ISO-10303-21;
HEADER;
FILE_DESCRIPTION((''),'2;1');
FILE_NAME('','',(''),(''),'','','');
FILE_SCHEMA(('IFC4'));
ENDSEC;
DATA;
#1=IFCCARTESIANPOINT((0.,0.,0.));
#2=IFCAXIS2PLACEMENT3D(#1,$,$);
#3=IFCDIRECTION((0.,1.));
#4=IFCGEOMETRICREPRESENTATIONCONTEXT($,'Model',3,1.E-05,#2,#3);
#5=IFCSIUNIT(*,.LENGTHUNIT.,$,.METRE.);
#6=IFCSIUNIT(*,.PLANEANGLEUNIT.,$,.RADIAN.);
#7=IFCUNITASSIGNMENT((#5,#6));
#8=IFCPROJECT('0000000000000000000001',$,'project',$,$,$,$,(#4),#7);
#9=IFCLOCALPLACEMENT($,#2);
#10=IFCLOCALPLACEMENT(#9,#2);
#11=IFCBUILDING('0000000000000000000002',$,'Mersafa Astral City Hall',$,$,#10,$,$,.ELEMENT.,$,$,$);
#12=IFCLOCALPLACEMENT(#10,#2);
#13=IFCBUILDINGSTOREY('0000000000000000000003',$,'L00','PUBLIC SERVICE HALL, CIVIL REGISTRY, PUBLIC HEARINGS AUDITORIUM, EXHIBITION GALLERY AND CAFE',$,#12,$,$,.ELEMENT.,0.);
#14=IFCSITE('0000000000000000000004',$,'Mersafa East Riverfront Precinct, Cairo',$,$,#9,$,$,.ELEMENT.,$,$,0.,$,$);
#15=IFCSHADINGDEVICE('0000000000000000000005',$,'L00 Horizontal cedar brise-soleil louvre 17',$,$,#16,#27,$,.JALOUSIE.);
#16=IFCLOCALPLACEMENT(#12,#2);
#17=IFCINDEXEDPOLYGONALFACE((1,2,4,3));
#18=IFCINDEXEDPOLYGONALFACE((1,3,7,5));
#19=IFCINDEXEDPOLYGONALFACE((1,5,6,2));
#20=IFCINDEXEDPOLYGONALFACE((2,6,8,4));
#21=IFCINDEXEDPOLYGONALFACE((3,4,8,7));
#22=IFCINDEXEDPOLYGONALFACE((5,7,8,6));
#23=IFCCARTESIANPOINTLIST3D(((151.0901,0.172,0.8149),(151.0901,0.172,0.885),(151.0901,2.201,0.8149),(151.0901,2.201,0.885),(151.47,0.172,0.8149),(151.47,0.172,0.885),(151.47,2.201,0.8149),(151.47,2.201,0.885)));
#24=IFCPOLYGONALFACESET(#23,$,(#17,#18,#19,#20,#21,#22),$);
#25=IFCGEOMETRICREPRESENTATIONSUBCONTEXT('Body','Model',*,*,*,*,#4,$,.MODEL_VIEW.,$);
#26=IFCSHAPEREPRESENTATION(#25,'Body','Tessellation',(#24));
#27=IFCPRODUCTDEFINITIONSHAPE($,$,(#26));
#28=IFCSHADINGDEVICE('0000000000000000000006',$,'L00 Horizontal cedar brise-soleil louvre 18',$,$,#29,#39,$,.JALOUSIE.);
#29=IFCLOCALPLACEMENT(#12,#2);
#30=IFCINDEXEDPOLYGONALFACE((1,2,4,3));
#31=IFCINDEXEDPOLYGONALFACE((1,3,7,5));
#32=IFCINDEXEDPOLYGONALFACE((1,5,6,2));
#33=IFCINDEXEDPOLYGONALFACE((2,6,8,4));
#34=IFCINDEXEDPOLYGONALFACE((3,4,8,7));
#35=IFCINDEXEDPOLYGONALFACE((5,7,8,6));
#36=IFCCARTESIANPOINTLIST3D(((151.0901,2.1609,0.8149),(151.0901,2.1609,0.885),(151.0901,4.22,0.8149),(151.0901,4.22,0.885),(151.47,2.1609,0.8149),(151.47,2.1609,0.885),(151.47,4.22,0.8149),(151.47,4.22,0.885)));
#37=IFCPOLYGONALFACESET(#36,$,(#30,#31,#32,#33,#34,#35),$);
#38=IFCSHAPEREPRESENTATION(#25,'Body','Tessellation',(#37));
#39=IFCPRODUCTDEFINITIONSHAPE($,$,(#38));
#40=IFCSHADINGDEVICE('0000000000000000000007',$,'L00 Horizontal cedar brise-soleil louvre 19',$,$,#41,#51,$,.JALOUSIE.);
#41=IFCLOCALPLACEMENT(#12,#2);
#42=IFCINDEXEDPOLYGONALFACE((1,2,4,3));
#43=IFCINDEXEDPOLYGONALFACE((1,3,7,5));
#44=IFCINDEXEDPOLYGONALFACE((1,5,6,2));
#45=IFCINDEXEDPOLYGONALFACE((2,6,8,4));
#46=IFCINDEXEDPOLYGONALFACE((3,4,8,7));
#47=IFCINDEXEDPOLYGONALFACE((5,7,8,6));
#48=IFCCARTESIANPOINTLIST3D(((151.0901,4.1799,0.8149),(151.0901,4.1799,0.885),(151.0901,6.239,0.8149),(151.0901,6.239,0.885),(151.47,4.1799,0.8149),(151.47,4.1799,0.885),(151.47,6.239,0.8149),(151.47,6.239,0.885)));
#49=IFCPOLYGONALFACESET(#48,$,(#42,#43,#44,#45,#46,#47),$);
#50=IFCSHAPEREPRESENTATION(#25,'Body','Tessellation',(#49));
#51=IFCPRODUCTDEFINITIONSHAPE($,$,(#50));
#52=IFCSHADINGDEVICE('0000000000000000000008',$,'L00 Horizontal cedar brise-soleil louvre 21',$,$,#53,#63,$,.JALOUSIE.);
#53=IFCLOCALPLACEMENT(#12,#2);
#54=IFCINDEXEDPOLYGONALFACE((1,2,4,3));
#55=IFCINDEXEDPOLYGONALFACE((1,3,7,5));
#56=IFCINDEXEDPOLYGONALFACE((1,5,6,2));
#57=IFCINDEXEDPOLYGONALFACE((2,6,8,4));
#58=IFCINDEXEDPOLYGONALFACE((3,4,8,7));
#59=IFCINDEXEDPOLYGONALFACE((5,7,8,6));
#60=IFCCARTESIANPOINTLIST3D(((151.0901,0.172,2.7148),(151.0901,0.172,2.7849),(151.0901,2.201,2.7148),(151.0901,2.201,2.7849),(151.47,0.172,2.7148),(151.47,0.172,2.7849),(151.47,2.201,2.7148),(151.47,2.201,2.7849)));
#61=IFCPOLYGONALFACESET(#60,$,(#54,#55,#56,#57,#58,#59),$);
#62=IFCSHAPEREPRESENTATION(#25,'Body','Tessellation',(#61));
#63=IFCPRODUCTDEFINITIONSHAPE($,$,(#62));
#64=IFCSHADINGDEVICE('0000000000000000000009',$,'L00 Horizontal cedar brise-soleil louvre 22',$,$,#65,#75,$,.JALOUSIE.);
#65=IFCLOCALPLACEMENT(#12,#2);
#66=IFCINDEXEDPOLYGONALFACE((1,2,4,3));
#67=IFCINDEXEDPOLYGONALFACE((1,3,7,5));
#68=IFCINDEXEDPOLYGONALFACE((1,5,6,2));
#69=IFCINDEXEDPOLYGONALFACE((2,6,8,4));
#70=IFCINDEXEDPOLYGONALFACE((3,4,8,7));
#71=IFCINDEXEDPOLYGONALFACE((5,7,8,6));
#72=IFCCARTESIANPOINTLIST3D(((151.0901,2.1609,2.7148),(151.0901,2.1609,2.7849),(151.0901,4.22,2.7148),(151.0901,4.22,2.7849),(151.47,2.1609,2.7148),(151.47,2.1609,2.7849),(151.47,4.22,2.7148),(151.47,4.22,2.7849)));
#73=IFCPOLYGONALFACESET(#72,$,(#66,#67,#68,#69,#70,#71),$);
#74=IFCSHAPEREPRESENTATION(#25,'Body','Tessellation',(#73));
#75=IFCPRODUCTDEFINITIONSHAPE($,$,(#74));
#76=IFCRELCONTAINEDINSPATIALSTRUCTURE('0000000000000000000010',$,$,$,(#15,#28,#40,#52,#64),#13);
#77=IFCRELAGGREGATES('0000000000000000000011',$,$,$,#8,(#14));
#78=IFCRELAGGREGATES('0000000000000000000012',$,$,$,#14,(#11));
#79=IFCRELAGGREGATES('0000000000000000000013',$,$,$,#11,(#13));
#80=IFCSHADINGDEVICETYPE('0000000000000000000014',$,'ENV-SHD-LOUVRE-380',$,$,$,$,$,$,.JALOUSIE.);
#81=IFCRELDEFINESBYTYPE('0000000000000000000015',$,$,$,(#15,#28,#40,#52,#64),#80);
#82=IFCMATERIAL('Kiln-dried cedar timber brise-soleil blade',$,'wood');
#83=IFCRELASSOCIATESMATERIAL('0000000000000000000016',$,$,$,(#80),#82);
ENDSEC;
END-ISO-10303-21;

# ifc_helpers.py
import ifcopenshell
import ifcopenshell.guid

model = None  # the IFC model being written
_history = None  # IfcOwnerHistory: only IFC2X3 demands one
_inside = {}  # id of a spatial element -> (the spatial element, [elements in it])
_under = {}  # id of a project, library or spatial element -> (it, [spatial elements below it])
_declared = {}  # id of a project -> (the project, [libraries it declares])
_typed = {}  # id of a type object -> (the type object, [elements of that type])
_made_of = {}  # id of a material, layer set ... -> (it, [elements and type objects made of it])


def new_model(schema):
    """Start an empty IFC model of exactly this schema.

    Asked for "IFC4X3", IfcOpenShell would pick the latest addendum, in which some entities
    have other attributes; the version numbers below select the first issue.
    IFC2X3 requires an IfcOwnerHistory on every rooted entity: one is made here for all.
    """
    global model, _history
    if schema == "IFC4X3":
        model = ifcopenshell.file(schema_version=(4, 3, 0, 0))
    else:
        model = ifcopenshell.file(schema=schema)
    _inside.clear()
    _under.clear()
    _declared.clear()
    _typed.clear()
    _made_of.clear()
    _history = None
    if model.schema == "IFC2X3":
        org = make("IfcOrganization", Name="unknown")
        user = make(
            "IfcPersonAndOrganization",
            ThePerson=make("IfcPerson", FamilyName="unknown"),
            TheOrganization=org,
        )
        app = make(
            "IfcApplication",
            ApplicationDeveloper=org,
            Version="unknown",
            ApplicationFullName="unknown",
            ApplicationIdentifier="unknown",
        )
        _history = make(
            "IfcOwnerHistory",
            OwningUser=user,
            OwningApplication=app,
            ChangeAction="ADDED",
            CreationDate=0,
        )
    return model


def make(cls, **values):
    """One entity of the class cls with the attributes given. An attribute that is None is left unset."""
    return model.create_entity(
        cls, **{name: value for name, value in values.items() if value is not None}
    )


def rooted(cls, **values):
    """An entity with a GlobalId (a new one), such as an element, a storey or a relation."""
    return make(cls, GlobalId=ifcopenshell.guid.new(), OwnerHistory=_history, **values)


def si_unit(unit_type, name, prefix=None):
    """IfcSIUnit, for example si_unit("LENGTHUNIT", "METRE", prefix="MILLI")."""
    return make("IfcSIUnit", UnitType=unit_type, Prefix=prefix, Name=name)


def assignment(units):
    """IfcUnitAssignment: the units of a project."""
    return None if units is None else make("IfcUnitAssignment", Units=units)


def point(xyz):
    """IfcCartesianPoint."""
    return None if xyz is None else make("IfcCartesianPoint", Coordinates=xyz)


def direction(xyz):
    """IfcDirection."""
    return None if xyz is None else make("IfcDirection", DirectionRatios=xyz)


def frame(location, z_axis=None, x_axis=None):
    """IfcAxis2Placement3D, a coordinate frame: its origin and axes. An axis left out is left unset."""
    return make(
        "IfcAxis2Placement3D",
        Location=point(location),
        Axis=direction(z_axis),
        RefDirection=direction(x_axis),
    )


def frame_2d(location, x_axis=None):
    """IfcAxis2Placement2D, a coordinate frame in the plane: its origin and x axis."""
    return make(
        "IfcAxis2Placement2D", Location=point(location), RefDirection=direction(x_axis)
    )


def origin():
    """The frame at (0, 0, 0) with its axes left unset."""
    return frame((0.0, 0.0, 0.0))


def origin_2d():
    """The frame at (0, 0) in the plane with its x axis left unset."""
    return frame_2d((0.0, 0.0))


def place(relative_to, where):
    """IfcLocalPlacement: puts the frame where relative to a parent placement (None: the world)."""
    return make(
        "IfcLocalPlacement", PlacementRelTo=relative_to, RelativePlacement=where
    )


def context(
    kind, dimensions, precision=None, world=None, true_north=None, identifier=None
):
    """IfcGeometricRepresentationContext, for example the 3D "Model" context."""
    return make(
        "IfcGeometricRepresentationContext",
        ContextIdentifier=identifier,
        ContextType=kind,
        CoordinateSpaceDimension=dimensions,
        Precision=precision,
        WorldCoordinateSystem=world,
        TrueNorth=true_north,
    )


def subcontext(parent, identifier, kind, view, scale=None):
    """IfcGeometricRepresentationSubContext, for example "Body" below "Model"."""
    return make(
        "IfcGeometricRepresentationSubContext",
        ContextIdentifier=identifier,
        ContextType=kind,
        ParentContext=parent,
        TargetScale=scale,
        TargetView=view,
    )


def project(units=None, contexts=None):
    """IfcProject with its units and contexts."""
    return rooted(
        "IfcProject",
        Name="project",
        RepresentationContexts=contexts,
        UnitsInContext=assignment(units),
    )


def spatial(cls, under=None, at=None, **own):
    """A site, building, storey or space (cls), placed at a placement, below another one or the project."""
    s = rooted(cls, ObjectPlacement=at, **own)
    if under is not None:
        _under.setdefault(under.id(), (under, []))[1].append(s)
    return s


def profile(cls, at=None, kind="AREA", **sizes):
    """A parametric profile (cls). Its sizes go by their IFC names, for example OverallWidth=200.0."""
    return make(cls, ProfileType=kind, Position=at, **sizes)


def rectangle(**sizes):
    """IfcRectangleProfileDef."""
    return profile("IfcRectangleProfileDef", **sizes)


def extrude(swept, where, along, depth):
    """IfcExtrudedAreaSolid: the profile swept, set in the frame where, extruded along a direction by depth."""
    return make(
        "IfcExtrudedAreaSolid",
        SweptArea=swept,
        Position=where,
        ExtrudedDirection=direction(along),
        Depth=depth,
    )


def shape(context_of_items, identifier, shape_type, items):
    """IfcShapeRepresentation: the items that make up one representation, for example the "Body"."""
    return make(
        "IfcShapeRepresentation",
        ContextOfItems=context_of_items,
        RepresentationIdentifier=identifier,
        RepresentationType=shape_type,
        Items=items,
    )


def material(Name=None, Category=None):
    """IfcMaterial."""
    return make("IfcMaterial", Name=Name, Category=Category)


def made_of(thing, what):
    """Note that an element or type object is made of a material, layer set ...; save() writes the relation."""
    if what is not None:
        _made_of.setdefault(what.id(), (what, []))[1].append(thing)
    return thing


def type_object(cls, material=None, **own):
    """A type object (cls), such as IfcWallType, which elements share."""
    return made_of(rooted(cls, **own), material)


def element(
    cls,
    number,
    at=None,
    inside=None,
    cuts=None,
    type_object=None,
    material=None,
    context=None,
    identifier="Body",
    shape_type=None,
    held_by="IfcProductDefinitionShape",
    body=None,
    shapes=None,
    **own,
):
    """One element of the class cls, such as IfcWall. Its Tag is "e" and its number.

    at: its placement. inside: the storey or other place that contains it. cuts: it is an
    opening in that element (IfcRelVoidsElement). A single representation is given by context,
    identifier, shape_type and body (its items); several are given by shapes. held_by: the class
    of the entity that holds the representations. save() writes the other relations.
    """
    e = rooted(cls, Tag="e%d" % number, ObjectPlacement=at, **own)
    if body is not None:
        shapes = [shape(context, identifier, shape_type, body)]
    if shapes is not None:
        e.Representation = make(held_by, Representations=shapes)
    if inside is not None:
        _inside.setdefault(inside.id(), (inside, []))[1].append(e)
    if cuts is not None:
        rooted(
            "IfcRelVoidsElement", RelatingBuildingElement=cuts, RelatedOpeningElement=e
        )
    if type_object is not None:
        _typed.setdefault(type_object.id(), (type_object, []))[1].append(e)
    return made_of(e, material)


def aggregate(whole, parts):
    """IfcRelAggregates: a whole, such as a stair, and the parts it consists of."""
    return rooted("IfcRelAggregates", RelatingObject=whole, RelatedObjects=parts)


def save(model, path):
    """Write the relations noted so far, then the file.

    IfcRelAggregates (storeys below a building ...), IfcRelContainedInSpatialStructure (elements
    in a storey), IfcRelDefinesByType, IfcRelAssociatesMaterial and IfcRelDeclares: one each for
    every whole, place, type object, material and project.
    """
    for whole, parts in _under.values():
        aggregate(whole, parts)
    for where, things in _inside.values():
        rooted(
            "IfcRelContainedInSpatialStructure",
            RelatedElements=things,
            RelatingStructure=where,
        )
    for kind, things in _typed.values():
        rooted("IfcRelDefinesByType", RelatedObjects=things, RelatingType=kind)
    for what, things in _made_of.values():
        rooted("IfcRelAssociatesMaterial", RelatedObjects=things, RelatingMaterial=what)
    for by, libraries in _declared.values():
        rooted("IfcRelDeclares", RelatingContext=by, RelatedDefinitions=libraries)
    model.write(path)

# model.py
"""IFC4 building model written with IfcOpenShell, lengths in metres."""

from ifc_helpers import new_model, si_unit, direction, frame, origin, origin_2d, place, context, subcontext, project, spatial, rectangle, extrude, material, type_object, element, save


model = new_model("IFC4")

# Units and contexts
model_context = context("Model", 3, precision=1e-05, world=origin(), true_north=direction((0.0, 1.0)))
body_context = subcontext(model_context, "Body", "Model", "MODEL_VIEW")
ifc_project = project(units=[si_unit("LENGTHUNIT", "METRE"), si_unit("PLANEANGLEUNIT", "RADIAN")], contexts=[model_context])

# Site, building, storey
site_placement = place(None, origin())
site = spatial("IfcSite", under=ifc_project, at=site_placement, Name="Mersafa East Riverfront Precinct, Cairo", CompositionType="ELEMENT", RefElevation=0.0)
building_placement = place(site_placement, origin())
building = spatial("IfcBuilding", under=site, at=building_placement, Name="Mersafa Astral City Hall", CompositionType="ELEMENT")
storey_placement = place(building_placement, origin())
storey = spatial("IfcBuildingStorey", under=building, at=storey_placement, Name="L00", Description="PUBLIC SERVICE HALL, CIVIL REGISTRY, PUBLIC HEARINGS AUDITORIUM, EXHIBITION GALLERY AND CAFE", CompositionType="ELEMENT", Elevation=0.0)

# Shading devices
ifc_material_1 = material(Name="Kiln-dried cedar timber brise-soleil blade", Category="wood")
shading_device_type = type_object("IfcShadingDeviceType", Name="ENV-SHD-LOUVRE-380", PredefinedType="JALOUSIE", material=ifc_material_1)
shading_device_1_placement = place(storey_placement, frame((151.28, 1.1865, 0.8149), z_axis=(0.0, 0.0, 1.0), x_axis=(0.0, 1.0, 0.0)))
element("IfcShadingDevice", 1, at=shading_device_1_placement, inside=storey, type_object=shading_device_type, Name="L00 Horizontal cedar brise-soleil louvre 17", PredefinedType="JALOUSIE", context=body_context, shape_type="SweptSolid", body=[
    extrude(rectangle(XDim=2.0291, YDim=0.3799, at=origin_2d()), origin(), (0.0, 0.0, 1.0), 0.0701),
])
for number, where, z_axis, x_axis, name in (
    (2, (151.28, 3.1904, 0.8149), (0.0, 0.0, 1.0), (0.0, 1.0, 0.0), "L00 Horizontal cedar brise-soleil louvre 18"),
    (3, (151.28, 5.2095, 0.8149), (0.0, 0.0, 1.0), (0.0, 1.0, 0.0), "L00 Horizontal cedar brise-soleil louvre 19"),
):
    element("IfcShadingDevice", number, at=place(storey_placement, frame(where, z_axis=z_axis, x_axis=x_axis)), inside=storey, type_object=shading_device_type, Name=name, PredefinedType="JALOUSIE", context=body_context, shape_type="SweptSolid", body=[
        extrude(rectangle(XDim=2.0591, YDim=0.3799, at=origin_2d()), origin(), (0.0, 0.0, 1.0), 0.0701),
    ])
shading_device_2_placement = place(storey_placement, frame((151.28, 1.1865, 2.7148), z_axis=(0.0, 0.0, 1.0), x_axis=(0.0, 1.0, 0.0)))
element("IfcShadingDevice", 4, at=shading_device_2_placement, inside=storey, type_object=shading_device_type, Name="L00 Horizontal cedar brise-soleil louvre 21", PredefinedType="JALOUSIE", context=body_context, shape_type="SweptSolid", body=[
    extrude(rectangle(XDim=2.0291, YDim=0.3799, at=origin_2d()), origin(), (0.0, 0.0, 1.0), 0.0701),
])
shading_device_3_placement = place(storey_placement, frame((151.28, 3.1904, 2.7148), z_axis=(0.0, 0.0, 1.0), x_axis=(0.0, 1.0, 0.0)))
element("IfcShadingDevice", 5, at=shading_device_3_placement, inside=storey, type_object=shading_device_type, Name="L00 Horizontal cedar brise-soleil louvre 22", PredefinedType="JALOUSIE", context=body_context, shape_type="SweptSolid", body=[
    extrude(rectangle(XDim=2.0591, YDim=0.3799, at=origin_2d()), origin(), (0.0, 0.0, 1.0), 0.0701),
])

save(model, "model.ifc")
